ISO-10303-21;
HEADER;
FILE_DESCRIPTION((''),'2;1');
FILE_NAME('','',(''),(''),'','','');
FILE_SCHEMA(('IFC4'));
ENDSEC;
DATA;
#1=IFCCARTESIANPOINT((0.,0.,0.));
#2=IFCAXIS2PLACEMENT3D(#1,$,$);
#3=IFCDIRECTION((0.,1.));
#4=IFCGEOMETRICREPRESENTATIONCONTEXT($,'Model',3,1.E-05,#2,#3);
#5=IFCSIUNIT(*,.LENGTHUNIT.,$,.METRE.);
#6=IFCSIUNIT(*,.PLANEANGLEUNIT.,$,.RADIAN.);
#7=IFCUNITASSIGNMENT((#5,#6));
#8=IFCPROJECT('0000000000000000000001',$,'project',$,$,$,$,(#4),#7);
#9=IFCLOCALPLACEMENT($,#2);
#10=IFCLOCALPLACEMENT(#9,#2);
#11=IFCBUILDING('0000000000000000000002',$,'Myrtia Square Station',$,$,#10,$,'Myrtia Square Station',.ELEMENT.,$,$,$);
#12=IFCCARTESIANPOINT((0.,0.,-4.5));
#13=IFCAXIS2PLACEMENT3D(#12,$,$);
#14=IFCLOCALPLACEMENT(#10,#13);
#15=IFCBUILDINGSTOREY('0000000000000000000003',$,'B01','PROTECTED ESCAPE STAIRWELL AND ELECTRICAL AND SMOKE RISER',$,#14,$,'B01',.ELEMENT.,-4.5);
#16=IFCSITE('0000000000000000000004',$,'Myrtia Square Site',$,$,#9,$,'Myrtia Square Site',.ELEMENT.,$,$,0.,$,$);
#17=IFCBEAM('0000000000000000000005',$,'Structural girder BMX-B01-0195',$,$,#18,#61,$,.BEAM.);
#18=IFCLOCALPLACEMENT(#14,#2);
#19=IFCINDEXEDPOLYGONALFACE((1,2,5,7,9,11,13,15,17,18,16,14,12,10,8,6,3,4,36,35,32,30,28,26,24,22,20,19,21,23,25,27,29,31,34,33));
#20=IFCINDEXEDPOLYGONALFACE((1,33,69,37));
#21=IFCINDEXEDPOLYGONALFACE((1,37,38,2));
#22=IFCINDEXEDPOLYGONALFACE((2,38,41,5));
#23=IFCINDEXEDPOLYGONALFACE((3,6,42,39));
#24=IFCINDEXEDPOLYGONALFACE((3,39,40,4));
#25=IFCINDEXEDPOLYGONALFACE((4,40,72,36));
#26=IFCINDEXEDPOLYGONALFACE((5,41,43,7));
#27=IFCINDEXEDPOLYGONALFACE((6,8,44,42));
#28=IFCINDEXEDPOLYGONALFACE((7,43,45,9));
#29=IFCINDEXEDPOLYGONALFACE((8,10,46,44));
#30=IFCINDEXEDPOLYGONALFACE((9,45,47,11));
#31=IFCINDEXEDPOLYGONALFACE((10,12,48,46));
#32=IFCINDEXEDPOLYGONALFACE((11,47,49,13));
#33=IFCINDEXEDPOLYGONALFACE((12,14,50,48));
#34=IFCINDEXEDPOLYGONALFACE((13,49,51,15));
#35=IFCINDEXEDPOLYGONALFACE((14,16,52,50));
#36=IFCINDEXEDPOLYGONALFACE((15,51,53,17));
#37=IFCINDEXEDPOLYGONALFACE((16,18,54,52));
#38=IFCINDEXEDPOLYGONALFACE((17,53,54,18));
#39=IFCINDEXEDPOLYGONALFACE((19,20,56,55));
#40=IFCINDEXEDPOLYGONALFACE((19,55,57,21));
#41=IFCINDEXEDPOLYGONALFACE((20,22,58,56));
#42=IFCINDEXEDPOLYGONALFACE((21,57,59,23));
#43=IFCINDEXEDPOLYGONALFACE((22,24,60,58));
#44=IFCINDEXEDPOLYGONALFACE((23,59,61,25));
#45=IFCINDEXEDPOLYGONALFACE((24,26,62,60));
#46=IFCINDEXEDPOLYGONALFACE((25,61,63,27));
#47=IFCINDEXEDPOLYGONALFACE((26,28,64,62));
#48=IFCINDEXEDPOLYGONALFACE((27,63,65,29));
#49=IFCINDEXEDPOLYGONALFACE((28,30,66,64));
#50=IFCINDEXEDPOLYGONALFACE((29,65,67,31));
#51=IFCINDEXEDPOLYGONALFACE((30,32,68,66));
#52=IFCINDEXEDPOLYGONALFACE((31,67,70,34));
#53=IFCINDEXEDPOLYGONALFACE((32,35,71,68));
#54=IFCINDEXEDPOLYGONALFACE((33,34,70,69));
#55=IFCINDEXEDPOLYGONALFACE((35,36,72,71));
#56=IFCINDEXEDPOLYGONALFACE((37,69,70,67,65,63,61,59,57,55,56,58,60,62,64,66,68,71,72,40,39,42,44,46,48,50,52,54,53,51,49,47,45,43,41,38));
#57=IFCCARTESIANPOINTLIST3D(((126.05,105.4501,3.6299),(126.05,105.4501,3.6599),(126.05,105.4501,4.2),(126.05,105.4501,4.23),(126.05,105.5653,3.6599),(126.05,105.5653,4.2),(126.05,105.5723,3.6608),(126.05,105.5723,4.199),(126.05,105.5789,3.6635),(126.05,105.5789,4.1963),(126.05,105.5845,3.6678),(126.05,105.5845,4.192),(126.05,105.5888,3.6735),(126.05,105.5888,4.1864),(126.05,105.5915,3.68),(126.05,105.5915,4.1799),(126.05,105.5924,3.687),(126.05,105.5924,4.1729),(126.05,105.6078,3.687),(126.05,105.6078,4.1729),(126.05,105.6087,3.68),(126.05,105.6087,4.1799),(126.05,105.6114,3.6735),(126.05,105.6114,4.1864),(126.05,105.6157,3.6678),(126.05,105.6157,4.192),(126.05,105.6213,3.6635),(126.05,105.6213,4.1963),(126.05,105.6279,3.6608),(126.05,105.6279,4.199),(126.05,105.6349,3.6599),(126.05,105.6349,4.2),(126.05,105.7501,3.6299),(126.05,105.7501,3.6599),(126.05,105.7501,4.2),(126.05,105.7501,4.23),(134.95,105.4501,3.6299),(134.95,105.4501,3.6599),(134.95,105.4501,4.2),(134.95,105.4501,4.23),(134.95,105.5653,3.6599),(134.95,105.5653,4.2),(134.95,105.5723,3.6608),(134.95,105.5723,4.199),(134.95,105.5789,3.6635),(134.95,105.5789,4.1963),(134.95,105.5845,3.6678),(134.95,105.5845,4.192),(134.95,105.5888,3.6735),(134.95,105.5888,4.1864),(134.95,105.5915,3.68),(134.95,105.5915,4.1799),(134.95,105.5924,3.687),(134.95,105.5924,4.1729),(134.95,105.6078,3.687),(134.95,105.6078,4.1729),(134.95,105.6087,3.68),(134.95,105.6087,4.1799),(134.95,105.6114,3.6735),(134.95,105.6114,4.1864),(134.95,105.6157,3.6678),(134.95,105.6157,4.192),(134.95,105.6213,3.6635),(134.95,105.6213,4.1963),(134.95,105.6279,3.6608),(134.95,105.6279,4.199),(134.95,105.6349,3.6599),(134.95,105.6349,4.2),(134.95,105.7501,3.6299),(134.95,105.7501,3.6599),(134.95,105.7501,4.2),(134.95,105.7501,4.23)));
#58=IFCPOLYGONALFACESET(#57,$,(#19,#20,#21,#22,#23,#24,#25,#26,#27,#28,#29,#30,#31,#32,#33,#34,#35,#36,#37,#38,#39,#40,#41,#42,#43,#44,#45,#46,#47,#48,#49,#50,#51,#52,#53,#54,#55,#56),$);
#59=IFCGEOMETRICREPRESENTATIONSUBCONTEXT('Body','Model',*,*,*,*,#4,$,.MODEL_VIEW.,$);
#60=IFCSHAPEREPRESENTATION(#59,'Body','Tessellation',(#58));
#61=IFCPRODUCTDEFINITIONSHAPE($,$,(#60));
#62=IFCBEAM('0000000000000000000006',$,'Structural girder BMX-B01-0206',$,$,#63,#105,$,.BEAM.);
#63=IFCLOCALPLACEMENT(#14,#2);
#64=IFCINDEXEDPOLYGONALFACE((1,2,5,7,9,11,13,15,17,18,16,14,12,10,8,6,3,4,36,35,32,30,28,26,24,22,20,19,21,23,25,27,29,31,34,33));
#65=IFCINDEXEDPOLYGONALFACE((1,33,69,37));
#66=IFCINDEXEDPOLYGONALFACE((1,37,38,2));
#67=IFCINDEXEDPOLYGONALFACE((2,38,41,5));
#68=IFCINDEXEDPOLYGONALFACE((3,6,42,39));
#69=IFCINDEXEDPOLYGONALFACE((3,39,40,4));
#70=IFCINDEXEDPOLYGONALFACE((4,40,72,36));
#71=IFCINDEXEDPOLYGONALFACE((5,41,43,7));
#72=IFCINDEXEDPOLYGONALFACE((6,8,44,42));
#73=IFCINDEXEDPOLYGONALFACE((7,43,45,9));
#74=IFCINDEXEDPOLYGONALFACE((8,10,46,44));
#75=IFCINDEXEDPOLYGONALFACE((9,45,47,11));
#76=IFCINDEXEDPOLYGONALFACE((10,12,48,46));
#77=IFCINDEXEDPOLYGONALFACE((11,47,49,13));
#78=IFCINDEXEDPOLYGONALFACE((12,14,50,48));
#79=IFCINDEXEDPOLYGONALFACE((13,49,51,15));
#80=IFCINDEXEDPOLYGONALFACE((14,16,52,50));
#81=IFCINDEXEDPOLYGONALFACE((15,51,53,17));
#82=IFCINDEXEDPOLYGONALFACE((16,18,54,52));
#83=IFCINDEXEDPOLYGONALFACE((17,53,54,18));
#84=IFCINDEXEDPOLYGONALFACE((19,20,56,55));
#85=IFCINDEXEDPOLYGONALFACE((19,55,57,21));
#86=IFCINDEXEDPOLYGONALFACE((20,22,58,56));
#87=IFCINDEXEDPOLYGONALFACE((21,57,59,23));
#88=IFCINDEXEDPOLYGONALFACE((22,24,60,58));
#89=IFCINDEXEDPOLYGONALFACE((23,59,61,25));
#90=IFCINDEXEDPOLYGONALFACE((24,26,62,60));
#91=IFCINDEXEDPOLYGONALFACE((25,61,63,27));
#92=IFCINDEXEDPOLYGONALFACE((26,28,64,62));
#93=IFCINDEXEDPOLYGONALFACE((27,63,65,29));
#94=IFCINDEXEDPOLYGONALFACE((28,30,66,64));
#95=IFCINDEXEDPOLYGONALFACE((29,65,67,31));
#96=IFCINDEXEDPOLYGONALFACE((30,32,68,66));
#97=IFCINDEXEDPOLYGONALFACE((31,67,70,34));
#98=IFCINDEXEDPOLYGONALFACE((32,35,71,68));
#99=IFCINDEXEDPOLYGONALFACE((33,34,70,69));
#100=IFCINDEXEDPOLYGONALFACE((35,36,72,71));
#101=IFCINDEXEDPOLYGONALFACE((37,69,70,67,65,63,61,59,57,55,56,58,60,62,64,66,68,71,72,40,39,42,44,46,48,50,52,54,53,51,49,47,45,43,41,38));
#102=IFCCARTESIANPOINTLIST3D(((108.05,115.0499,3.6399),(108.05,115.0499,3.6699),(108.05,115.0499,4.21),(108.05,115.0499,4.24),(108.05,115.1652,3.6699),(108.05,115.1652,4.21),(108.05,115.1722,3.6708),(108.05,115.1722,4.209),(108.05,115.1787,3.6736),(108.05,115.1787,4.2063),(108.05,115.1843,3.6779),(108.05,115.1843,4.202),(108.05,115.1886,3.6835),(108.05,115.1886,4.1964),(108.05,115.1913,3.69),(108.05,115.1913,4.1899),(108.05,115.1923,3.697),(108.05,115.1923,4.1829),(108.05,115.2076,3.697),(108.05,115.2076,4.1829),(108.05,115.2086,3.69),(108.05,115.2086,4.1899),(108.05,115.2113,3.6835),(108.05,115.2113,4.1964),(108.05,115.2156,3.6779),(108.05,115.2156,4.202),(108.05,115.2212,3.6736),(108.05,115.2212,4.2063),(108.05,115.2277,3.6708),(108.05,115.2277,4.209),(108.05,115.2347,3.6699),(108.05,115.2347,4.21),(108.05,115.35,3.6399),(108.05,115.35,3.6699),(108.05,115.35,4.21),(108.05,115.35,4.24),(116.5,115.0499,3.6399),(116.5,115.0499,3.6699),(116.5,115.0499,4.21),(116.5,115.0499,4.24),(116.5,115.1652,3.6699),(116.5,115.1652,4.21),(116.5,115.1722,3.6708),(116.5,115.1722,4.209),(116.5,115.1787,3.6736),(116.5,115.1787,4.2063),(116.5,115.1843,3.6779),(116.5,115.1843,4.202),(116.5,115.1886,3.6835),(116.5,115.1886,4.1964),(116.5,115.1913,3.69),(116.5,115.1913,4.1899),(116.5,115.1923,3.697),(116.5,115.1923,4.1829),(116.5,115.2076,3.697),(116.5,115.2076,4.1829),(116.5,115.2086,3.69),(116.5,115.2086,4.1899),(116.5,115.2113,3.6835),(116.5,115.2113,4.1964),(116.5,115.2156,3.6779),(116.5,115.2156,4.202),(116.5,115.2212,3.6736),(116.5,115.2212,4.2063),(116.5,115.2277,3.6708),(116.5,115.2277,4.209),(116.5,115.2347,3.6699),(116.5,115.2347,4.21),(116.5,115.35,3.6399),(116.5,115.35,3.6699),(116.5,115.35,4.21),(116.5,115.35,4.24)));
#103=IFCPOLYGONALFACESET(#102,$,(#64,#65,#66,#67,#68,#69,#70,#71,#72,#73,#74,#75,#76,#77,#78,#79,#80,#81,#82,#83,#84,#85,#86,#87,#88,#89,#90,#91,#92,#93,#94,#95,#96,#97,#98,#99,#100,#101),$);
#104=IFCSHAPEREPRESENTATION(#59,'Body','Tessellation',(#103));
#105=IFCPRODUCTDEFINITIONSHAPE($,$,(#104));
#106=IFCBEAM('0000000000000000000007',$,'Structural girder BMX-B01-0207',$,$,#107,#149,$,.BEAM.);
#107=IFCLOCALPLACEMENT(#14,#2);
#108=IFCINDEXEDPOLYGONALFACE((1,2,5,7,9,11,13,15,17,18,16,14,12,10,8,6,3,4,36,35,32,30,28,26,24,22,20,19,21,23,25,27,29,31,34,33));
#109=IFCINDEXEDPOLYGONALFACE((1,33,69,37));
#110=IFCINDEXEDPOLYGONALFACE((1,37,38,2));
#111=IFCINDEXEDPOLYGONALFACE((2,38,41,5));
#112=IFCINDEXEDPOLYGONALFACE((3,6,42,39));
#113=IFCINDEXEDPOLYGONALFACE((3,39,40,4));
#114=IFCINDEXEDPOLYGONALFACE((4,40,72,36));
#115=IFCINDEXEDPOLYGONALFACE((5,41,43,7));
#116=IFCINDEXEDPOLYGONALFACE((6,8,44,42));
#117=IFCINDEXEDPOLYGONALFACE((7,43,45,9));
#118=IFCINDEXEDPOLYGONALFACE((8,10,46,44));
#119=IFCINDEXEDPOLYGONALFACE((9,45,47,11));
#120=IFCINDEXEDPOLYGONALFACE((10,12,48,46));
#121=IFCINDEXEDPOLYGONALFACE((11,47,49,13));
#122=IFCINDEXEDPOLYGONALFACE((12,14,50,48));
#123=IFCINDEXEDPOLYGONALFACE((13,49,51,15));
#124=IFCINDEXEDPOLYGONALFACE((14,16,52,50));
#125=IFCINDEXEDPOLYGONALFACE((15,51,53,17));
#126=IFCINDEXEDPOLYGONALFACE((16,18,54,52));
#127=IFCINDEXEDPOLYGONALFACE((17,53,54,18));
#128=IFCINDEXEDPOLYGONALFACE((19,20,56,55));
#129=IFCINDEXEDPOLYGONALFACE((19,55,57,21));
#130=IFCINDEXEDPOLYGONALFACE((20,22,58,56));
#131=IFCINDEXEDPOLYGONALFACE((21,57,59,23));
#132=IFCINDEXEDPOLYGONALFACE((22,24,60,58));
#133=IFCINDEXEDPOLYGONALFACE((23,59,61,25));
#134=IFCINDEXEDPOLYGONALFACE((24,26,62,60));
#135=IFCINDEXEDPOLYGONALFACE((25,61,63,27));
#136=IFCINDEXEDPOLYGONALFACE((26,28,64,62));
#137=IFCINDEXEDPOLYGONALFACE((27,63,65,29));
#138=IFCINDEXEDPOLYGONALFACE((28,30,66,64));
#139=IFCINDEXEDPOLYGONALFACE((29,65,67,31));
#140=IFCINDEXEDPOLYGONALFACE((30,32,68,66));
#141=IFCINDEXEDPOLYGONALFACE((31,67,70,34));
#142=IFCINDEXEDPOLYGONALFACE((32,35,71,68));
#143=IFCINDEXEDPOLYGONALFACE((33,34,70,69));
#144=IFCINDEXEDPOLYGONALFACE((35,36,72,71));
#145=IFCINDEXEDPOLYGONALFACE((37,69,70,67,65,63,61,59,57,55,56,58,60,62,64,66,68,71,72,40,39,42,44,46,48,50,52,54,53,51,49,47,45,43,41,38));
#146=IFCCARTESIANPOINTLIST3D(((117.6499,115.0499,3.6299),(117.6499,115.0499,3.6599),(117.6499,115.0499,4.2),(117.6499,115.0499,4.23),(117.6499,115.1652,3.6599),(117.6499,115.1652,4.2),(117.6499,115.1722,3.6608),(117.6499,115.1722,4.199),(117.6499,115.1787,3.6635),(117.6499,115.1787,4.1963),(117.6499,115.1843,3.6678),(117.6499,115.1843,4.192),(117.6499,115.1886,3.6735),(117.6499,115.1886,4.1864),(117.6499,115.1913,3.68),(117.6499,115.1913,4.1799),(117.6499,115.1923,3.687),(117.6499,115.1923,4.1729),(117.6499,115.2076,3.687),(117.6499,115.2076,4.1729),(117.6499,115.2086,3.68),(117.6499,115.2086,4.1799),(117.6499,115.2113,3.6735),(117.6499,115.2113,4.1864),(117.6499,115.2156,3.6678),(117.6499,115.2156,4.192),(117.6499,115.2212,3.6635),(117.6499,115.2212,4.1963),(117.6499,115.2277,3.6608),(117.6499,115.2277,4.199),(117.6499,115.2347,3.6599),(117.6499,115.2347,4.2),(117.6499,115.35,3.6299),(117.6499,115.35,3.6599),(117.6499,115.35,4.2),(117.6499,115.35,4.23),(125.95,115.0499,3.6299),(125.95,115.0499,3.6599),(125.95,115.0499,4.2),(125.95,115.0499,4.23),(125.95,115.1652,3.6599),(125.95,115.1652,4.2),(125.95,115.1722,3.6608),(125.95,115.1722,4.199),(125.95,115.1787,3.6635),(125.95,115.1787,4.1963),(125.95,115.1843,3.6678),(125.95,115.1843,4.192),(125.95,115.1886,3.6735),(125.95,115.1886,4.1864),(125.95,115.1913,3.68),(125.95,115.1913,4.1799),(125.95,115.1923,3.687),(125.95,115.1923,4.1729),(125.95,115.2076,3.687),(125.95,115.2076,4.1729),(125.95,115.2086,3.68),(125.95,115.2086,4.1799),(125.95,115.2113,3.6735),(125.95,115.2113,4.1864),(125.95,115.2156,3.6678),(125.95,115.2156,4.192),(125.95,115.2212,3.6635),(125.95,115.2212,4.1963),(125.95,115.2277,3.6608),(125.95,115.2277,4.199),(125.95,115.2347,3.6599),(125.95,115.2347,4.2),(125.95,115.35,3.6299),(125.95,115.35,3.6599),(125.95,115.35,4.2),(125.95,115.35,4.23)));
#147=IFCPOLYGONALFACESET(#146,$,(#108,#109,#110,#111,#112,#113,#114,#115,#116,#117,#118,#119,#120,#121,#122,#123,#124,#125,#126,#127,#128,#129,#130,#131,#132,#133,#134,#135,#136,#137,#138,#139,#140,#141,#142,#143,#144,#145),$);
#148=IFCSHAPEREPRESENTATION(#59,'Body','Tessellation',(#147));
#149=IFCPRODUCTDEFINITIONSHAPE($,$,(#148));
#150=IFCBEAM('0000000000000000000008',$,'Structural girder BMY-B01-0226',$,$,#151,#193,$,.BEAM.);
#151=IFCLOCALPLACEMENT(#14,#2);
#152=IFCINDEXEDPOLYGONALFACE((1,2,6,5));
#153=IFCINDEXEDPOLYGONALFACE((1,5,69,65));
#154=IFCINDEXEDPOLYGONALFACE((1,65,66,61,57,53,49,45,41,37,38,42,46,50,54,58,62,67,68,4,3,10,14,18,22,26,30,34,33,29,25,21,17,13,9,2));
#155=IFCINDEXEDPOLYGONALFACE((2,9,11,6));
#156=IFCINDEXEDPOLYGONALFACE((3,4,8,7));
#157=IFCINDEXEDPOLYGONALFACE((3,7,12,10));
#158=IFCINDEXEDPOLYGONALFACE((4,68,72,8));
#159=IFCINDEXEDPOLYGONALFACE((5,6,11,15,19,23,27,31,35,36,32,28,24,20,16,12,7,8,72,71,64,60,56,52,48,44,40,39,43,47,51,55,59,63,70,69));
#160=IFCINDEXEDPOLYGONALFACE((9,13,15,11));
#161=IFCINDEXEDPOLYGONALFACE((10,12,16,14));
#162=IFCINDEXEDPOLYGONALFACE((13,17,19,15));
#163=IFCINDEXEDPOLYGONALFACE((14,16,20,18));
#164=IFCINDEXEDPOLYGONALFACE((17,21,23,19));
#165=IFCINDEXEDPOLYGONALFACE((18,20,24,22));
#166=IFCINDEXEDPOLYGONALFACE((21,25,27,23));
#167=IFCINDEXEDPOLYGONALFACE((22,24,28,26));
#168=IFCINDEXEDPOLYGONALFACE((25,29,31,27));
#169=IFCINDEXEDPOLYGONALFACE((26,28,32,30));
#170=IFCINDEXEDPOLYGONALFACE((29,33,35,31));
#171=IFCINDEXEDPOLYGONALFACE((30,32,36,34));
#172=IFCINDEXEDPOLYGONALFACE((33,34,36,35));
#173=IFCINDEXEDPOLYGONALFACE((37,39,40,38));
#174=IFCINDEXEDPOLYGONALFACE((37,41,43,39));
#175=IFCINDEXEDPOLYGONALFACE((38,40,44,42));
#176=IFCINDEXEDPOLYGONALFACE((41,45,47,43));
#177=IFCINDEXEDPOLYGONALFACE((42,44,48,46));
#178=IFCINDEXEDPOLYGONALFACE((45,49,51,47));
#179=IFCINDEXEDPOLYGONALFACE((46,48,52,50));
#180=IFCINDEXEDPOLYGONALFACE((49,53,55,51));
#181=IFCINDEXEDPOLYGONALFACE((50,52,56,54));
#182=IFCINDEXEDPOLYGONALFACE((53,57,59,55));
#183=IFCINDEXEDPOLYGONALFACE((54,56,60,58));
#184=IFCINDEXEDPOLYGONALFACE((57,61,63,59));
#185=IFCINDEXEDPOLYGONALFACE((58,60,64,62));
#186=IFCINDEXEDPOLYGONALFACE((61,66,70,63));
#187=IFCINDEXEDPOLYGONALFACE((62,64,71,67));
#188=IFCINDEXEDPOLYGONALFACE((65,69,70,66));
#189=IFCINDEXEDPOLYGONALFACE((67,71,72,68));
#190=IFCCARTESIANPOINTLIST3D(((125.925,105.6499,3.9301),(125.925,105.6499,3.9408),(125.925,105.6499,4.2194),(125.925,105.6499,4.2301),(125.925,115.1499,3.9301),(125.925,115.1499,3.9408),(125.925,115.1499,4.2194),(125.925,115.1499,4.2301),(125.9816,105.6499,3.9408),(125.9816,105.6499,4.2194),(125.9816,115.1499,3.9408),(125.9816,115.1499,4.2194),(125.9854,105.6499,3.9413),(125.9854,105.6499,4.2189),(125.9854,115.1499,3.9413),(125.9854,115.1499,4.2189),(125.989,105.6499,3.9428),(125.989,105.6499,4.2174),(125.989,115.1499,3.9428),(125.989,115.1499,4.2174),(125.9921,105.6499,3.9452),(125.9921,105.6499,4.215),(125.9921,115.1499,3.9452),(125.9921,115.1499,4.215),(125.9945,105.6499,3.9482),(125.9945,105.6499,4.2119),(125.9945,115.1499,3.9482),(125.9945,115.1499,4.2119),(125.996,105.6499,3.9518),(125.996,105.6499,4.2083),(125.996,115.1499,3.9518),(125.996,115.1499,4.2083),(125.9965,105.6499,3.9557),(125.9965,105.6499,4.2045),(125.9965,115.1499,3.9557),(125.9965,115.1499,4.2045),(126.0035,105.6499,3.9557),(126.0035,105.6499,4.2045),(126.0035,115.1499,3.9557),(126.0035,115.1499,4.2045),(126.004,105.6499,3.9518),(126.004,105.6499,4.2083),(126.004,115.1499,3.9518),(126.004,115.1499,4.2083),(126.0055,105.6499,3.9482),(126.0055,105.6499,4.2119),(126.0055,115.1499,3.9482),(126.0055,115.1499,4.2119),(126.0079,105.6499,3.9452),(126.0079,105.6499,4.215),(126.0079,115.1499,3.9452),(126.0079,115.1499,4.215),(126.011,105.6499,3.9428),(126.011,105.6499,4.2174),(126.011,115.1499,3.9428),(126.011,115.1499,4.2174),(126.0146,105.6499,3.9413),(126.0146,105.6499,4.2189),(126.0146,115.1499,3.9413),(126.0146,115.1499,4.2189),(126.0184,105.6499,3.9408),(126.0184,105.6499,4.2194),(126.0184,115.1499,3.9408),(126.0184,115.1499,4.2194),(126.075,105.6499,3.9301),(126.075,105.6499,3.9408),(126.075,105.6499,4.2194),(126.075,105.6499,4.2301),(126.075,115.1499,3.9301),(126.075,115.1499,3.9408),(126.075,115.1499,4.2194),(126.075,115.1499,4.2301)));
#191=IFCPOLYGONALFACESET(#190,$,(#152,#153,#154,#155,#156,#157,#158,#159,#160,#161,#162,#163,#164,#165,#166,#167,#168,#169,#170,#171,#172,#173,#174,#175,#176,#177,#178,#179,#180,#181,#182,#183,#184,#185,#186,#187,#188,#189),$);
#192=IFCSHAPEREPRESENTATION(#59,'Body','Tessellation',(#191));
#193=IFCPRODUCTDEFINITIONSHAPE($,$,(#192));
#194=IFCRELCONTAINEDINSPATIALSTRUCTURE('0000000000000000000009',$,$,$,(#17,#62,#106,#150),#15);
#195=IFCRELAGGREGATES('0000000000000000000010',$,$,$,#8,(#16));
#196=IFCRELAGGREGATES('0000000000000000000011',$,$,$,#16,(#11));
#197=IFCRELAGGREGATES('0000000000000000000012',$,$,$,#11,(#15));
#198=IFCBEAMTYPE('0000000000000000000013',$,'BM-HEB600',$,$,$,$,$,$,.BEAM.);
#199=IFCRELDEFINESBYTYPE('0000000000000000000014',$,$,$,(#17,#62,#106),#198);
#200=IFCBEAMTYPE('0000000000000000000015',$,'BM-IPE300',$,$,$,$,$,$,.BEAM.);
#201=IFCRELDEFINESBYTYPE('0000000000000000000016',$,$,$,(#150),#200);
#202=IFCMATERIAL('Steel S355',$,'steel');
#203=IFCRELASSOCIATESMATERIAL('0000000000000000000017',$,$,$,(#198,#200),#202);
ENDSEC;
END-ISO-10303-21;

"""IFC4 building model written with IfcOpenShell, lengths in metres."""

from ifc_helpers import new_model, si_unit, direction, frame, origin, origin_2d, place, context, subcontext, project, spatial, i_section, extrude, material, material_profile, profile_set, type_object, element, save


model = new_model("IFC4")

# Units and contexts
model_context = context("Model", 3, precision=1e-05, world=origin(), true_north=direction((0.0, 1.0)))
body_context = subcontext(model_context, "Body", "Model", "MODEL_VIEW")
ifc_project = project(units=[si_unit("LENGTHUNIT", "METRE"), si_unit("PLANEANGLEUNIT", "RADIAN")], contexts=[model_context])

# Site, building, storey
site_placement = place(None, origin())
site = spatial("IfcSite", under=ifc_project, at=site_placement, Name="Myrtia Square Site", LongName="Myrtia Square Site", CompositionType="ELEMENT", RefElevation=0.0)
building_placement = place(site_placement, origin())
building = spatial("IfcBuilding", under=site, at=building_placement, Name="Myrtia Square Station", LongName="Myrtia Square Station", CompositionType="ELEMENT")
storey_placement = place(building_placement, frame((0.0, 0.0, -4.5)))
storey = spatial("IfcBuildingStorey", under=building, at=storey_placement, Name="B01", Description="PROTECTED ESCAPE STAIRWELL AND ELECTRICAL AND SMOKE RISER", LongName="B01", CompositionType="ELEMENT", Elevation=-4.5)

# Shared definitions
ifc_material_1 = material(Name="Steel S355", Category="steel")

# Beams
ifc_material_profile_1 = material_profile(ifc_material_1, i_section(OverallWidth=0.3, OverallDepth=0.6001, WebThickness=0.0154, FlangeThickness=0.03, FilletRadius=0.0271, at=origin_2d()), Name="HEB 600")
ifc_profile_set_1 = profile_set([ifc_material_profile_1], Name="Steel S355")
beam_type_1 = type_object("IfcBeamType", Name="BM-HEB600", PredefinedType="BEAM", material=ifc_profile_set_1)
beam_1_placement = place(storey_placement, frame((126.05, 105.6001, 3.9299), z_axis=(1.0, 0.0, 0.0), x_axis=(0.0, 1.0, 0.0)))
element("IfcBeam", 1, at=beam_1_placement, inside=storey, type_object=beam_type_1, Name="Structural girder BMX-B01-0195", PredefinedType="BEAM", context=body_context, shape_type="SweptSolid", body=[
    extrude(i_section(OverallWidth=0.3, OverallDepth=0.6001, WebThickness=0.0154, FlangeThickness=0.03, FilletRadius=0.0271, at=origin_2d()), origin(), (0.0, 0.0, 1.0), 8.8999),
])
beam_2_placement = place(storey_placement, frame((108.05, 115.2, 3.9399), z_axis=(1.0, 0.0, 0.0), x_axis=(0.0, 1.0, 0.0)))
element("IfcBeam", 2, at=beam_2_placement, inside=storey, type_object=beam_type_1, Name="Structural girder BMX-B01-0206", PredefinedType="BEAM", context=body_context, shape_type="SweptSolid", body=[
    extrude(i_section(OverallWidth=0.3, OverallDepth=0.6001, WebThickness=0.0154, FlangeThickness=0.03, FilletRadius=0.0271, at=origin_2d()), origin(), (0.0, 0.0, 1.0), 8.45),
])
beam_3_placement = place(storey_placement, frame((117.6499, 115.2, 3.9299), z_axis=(1.0, 0.0, 0.0), x_axis=(0.0, 1.0, 0.0)))
element("IfcBeam", 3, at=beam_3_placement, inside=storey, type_object=beam_type_1, Name="Structural girder BMX-B01-0207", PredefinedType="BEAM", context=body_context, shape_type="SweptSolid", body=[
    extrude(i_section(OverallWidth=0.3, OverallDepth=0.6001, WebThickness=0.0154, FlangeThickness=0.03, FilletRadius=0.0271, at=origin_2d()), origin(), (0.0, 0.0, 1.0), 8.3),
])
ifc_material_profile_2 = material_profile(ifc_material_1, i_section(OverallWidth=0.1499, OverallDepth=0.3, WebThickness=0.0071, FlangeThickness=0.0107, FilletRadius=0.0149, at=origin_2d()), Name="IPE 300")
ifc_profile_set_2 = profile_set([ifc_material_profile_2], Name="Steel S355")
beam_type_2 = type_object("IfcBeamType", Name="BM-IPE300", PredefinedType="BEAM", material=ifc_profile_set_2)
beam_4_placement = place(storey_placement, frame((126.0, 105.6499, 4.0801), z_axis=(0.0, 1.0, 0.0), x_axis=(-1.0, 0.0, 0.0)))
element("IfcBeam", 4, at=beam_4_placement, inside=storey, type_object=beam_type_2, Name="Structural girder BMY-B01-0226", PredefinedType="BEAM", context=body_context, shape_type="SweptSolid", body=[
    extrude(i_section(OverallWidth=0.1499, OverallDepth=0.3, WebThickness=0.0071, FlangeThickness=0.0107, FilletRadius=0.0149, at=origin_2d()), origin(), (0.0, 0.0, 1.0), 9.5),
])

save(model, "model.ifc")
